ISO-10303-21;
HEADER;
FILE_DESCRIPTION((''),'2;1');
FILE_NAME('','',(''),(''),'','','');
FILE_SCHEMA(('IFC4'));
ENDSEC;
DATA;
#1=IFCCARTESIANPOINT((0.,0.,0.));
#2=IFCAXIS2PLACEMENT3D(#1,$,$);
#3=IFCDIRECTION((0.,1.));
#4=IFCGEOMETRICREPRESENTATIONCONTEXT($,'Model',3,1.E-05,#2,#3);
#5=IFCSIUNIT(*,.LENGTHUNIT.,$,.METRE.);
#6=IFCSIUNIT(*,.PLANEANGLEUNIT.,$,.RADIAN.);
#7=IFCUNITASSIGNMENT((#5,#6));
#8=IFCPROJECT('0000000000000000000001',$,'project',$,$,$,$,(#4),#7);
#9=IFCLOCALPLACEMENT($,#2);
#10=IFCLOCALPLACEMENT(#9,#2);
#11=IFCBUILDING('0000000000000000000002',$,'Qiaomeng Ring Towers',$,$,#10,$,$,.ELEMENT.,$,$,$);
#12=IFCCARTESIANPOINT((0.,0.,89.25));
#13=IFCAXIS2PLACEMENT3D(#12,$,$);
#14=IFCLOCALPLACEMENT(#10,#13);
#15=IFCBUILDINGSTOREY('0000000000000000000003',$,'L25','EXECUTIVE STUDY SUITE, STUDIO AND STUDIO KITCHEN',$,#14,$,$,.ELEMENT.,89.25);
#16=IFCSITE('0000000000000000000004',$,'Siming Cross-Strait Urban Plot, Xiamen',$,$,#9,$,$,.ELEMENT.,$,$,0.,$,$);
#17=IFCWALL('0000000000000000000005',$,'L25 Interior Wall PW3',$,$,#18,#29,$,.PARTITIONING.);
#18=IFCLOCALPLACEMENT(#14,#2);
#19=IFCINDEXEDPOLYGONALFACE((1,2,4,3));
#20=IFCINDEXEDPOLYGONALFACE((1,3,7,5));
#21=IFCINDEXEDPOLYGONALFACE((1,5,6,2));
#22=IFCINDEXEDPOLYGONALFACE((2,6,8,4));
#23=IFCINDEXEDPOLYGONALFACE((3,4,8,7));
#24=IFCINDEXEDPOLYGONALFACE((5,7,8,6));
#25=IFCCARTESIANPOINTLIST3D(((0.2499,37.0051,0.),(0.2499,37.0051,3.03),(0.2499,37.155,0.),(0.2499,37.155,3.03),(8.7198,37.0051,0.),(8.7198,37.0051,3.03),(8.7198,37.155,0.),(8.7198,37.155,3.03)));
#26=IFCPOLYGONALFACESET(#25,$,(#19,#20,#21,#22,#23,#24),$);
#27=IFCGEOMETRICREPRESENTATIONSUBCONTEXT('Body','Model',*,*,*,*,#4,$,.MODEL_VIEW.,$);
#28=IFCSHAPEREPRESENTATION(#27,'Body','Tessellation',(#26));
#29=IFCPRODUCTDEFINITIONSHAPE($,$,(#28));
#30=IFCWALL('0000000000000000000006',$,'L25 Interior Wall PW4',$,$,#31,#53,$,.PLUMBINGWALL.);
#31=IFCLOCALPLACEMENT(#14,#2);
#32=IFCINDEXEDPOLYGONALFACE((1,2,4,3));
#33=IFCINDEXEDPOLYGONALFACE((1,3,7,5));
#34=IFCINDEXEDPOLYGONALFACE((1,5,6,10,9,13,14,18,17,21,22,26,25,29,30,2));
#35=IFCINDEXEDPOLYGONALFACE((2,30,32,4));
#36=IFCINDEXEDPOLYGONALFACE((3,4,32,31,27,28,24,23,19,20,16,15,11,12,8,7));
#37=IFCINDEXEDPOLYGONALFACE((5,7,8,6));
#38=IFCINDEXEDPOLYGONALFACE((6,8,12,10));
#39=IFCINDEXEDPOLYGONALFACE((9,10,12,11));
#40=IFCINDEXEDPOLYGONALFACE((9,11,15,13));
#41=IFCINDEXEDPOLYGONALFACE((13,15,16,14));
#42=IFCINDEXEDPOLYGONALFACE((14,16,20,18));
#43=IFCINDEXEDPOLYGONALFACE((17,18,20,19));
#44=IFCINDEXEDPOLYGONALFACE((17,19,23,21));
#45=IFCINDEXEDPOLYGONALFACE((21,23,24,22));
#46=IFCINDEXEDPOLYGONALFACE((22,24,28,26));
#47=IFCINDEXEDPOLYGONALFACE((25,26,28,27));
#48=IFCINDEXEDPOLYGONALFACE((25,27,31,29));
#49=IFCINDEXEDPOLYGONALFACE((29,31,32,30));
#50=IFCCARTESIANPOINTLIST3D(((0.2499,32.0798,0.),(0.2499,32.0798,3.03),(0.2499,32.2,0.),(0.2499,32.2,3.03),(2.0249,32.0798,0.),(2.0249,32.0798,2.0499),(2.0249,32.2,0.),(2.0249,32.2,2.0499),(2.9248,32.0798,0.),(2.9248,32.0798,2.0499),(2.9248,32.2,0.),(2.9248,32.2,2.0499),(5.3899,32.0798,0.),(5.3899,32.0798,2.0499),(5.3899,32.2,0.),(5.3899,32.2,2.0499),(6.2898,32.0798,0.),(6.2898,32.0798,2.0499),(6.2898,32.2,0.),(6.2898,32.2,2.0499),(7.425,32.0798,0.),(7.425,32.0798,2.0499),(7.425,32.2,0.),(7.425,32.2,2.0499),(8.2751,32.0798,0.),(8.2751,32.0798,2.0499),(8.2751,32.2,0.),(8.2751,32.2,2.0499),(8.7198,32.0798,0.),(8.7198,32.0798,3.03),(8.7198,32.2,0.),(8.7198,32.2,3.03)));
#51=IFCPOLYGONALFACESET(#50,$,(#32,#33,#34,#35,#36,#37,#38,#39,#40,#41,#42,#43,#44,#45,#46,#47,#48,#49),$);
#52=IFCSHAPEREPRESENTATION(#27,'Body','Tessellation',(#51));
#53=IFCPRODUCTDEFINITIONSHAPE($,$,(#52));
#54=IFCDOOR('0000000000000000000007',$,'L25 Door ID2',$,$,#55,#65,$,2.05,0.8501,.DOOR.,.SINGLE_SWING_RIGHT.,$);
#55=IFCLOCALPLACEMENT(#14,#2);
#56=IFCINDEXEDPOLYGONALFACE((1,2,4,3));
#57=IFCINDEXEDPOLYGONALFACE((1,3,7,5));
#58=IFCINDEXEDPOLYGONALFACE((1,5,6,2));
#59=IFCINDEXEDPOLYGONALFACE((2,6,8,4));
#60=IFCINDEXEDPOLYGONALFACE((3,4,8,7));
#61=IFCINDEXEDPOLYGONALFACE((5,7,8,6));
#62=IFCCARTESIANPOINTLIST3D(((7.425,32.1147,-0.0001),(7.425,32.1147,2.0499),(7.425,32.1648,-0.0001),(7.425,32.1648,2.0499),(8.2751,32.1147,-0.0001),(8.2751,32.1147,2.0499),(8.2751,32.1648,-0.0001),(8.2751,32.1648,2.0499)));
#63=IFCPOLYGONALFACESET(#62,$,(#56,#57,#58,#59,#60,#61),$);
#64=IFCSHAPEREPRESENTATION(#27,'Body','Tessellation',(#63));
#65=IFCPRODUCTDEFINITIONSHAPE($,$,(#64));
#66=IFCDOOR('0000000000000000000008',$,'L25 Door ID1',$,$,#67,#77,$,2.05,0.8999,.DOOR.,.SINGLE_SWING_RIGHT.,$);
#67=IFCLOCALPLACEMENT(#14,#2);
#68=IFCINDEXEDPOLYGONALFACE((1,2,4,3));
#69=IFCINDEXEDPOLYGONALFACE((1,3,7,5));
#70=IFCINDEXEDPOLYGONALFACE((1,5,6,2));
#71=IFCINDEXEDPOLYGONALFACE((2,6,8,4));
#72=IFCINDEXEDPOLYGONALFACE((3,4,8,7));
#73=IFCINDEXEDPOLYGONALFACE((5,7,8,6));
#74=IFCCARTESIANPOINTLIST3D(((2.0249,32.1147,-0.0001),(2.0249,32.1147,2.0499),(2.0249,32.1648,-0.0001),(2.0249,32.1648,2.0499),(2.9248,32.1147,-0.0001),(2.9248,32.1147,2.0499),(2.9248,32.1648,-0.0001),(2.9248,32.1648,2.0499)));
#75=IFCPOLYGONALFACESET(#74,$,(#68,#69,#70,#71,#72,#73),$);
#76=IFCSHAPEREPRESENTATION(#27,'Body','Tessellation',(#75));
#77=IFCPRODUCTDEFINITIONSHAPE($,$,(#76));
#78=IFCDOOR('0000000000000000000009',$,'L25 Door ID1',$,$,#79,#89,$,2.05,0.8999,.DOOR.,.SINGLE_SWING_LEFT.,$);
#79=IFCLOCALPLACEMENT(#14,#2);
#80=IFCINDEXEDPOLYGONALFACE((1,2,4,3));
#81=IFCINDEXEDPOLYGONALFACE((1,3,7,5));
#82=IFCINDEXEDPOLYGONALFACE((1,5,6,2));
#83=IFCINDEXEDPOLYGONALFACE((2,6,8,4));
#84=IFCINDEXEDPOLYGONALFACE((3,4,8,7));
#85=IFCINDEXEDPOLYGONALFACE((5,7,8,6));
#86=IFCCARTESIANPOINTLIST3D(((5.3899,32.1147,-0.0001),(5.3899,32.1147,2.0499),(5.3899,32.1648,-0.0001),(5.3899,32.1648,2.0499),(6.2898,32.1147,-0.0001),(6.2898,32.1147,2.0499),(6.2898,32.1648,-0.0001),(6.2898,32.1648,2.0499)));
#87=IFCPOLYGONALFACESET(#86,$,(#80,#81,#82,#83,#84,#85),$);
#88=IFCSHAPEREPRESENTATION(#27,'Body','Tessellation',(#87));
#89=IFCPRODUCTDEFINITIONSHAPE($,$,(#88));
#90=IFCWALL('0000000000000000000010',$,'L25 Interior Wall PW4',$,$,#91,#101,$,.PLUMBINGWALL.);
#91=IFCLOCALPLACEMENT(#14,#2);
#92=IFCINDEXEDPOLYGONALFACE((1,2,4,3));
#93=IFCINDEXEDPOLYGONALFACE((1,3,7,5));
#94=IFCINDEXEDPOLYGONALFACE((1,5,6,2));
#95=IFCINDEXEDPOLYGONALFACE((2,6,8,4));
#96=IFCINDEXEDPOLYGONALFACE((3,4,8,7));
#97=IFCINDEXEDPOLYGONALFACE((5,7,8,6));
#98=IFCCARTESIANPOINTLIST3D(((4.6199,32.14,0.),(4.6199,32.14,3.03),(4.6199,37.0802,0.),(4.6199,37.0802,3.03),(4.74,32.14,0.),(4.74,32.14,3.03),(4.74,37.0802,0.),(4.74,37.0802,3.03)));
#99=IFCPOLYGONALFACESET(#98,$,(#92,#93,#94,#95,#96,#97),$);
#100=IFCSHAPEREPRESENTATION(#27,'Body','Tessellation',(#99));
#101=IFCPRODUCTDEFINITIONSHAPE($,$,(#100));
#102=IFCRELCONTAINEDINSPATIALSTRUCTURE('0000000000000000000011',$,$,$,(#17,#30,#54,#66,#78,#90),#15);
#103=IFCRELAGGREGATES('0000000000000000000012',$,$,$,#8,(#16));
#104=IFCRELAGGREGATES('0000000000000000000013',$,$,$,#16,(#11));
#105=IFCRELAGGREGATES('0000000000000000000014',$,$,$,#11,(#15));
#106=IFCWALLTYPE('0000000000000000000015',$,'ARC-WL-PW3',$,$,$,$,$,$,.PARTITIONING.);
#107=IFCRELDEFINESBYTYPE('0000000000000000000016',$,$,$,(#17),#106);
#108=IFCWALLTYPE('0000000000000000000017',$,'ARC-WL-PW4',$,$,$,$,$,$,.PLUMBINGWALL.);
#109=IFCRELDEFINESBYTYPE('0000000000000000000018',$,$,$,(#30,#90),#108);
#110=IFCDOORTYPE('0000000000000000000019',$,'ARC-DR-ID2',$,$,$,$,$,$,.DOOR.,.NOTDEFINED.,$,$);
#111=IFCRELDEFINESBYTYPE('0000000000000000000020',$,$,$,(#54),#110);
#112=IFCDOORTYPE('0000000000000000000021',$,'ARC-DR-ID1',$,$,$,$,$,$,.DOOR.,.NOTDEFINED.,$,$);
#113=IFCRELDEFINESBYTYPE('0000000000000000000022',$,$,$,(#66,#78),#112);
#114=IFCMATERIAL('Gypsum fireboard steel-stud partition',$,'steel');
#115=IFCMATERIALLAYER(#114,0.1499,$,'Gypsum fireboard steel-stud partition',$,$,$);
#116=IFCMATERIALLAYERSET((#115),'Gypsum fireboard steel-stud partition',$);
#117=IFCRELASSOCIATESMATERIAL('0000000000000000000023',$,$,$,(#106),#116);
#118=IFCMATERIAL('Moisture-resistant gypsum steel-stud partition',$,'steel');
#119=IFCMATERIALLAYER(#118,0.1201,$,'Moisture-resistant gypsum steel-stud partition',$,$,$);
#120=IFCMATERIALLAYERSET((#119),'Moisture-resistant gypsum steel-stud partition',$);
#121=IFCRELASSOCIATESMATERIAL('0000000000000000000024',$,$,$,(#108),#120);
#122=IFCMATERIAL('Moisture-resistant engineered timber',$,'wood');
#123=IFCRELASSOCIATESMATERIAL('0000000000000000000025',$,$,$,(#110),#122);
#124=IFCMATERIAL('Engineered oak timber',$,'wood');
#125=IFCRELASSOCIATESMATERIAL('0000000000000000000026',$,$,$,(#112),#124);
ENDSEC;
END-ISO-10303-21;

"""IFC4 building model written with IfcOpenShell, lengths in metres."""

from ifc_helpers import new_model, si_unit, direction, frame, frame_2d, origin, place, context, subcontext, project, spatial, rectangle, extrude, source, transform, mapped, material, layer, layer_set, type_object, element, fill, save


model = new_model("IFC4")

# Units and contexts
model_context = context("Model", 3, precision=1e-05, world=origin(), true_north=direction((0.0, 1.0)))
body_context = subcontext(model_context, "Body", "Model", "MODEL_VIEW")
ifc_project = project(units=[si_unit("LENGTHUNIT", "METRE"), si_unit("PLANEANGLEUNIT", "RADIAN")], contexts=[model_context])

# Site, building, storey
site_placement = place(None, origin())
site = spatial("IfcSite", under=ifc_project, at=site_placement, Name="Siming Cross-Strait Urban Plot, Xiamen", CompositionType="ELEMENT", RefElevation=0.0)
building_placement = place(site_placement, origin())
building = spatial("IfcBuilding", under=site, at=building_placement, Name="Qiaomeng Ring Towers", CompositionType="ELEMENT")
storey_placement = place(building_placement, frame((0.0, 0.0, 89.25)))
storey = spatial("IfcBuildingStorey", under=building, at=storey_placement, Name="L25", Description="EXECUTIVE STUDY SUITE, STUDIO AND STUDIO KITCHEN", CompositionType="ELEMENT", Elevation=89.25)

# Wall
ifc_material_1 = material(Name="Gypsum fireboard steel-stud partition", Category="steel")
ifc_layer_1 = layer(ifc_material_1, 0.1499, Name="Gypsum fireboard steel-stud partition")
ifc_layer_set_1 = layer_set([ifc_layer_1], Name="Gypsum fireboard steel-stud partition")
wall_type_1 = type_object("IfcWallType", Name="ARC-WL-PW3", PredefinedType="PARTITIONING", material=ifc_layer_set_1)
wall_1_placement = place(storey_placement, frame((0.25, 37.0801, 0.0), z_axis=(0.0, 0.0, 1.0), x_axis=(1.0, 0.0, 0.0)))
element("IfcWall", 1, at=wall_1_placement, inside=storey, type_object=wall_type_1, Name="L25 Interior Wall PW3", PredefinedType="PARTITIONING", context=body_context, shape_type="SweptSolid", body=[
    extrude(rectangle(XDim=8.47, YDim=0.1499, at=frame_2d((4.2349, 0.0))), origin(), (0.0, 0.0, 1.0), 3.03),
])

# Wall, openings, doors
ifc_material_2 = material(Name="Moisture-resistant gypsum steel-stud partition", Category="steel")
ifc_layer_2 = layer(ifc_material_2, 0.1201, Name="Moisture-resistant gypsum steel-stud partition")
ifc_layer_set_2 = layer_set([ifc_layer_2], Name="Moisture-resistant gypsum steel-stud partition")
wall_type_2 = type_object("IfcWallType", Name="ARC-WL-PW4", PredefinedType="PLUMBINGWALL", material=ifc_layer_set_2)
wall_2_placement = place(storey_placement, frame((0.25, 32.1399, 0.0), z_axis=(0.0, 0.0, 1.0), x_axis=(1.0, 0.0, 0.0)))
wall_2 = element("IfcWall", 2, at=wall_2_placement, inside=storey, type_object=wall_type_2, Name="L25 Interior Wall PW4", PredefinedType="PLUMBINGWALL", context=body_context, shape_type="SweptSolid", body=[
    extrude(rectangle(XDim=8.47, YDim=0.1201, at=frame_2d((4.2349, 0.0))), origin(), (0.0, 0.0, 1.0), 3.03),
])
opening_1_placement = place(wall_2_placement, frame((1.7749, 0.0, 0.0)))
opening_1 = element("IfcOpeningElement", 3, at=opening_1_placement, cuts=wall_2, PredefinedType="OPENING", context=body_context, shape_type="SweptSolid", body=[
    extrude(rectangle(XDim=0.8999, YDim=2.05, at=frame_2d((0.45, 1.0249))), frame((0.0, 0.0701, 0.0), z_axis=(0.0, -1.0, 0.0), x_axis=(1.0, 0.0, 0.0)), (0.0, 0.0, 1.0), 0.1401),
])
opening_2_placement = place(wall_2_placement, frame((5.1399, 0.0, 0.0)))
opening_2 = element("IfcOpeningElement", 4, at=opening_2_placement, cuts=wall_2, PredefinedType="OPENING", context=body_context, shape_type="SweptSolid", body=[
    extrude(rectangle(XDim=0.8999, YDim=2.05, at=frame_2d((0.45, 1.0249))), frame((0.0, 0.0701, 0.0), z_axis=(0.0, -1.0, 0.0), x_axis=(1.0, 0.0, 0.0)), (0.0, 0.0, 1.0), 0.1401),
])
opening_3_placement = place(wall_2_placement, frame((7.175, 0.0, 0.0)))
opening_3 = element("IfcOpeningElement", 5, at=opening_3_placement, cuts=wall_2, PredefinedType="OPENING", context=body_context, shape_type="SweptSolid", body=[
    extrude(rectangle(XDim=0.8501, YDim=2.05, at=frame_2d((0.425, 1.0249))), frame((0.0, 0.0701, 0.0), z_axis=(0.0, -1.0, 0.0), x_axis=(1.0, 0.0, 0.0)), (0.0, 0.0, 1.0), 0.1401),
])
ifc_material_3 = material(Name="Moisture-resistant engineered timber", Category="wood")
door_type_1 = type_object("IfcDoorType", Name="ARC-DR-ID2", OperationType="NOTDEFINED", PredefinedType="DOOR", material=ifc_material_3)
shared_shape_1 = source(origin(), body_context, "Body", "SweptSolid", [
    extrude(rectangle(XDim=0.8501, YDim=2.05, at=frame_2d((0.425, 1.0249))), frame((0.0, 0.0249, 0.0), z_axis=(0.0, -1.0, 0.0), x_axis=(1.0, 0.0, 0.0)), (0.0, 0.0, 1.0), 0.05),
])
door_1_placement = place(opening_3_placement, origin())
door_1 = element("IfcDoor", 6, at=door_1_placement, inside=storey, type_object=door_type_1, Name="L25 Door ID2", OperationType="SINGLE_SWING_RIGHT", OverallHeight=2.05, OverallWidth=0.8501, PredefinedType="DOOR", context=body_context, shape_type="MappedRepresentation", body=[
    mapped(shared_shape_1, transform((0.0, 0.0, 0.0), x_axis=(1.0, 0.0, 0.0), y_axis=(0.0, 1.0, 0.0), z_axis=(0.0, 0.0, 1.0), scale=1.0)),
])
fill(opening_3, door_1)
ifc_material_4 = material(Name="Engineered oak timber", Category="wood")
door_type_2 = type_object("IfcDoorType", Name="ARC-DR-ID1", OperationType="NOTDEFINED", PredefinedType="DOOR", material=ifc_material_4)
shared_shape_2 = source(origin(), body_context, "Body", "SweptSolid", [
    extrude(rectangle(XDim=0.8999, YDim=2.05, at=frame_2d((0.45, 1.0249))), frame((0.0, 0.0249, 0.0), z_axis=(0.0, -1.0, 0.0), x_axis=(1.0, 0.0, 0.0)), (0.0, 0.0, 1.0), 0.05),
])
door_2_placement = place(opening_1_placement, origin())
door_2 = element("IfcDoor", 7, at=door_2_placement, inside=storey, type_object=door_type_2, Name="L25 Door ID1", OperationType="SINGLE_SWING_RIGHT", OverallHeight=2.05, OverallWidth=0.8999, PredefinedType="DOOR", context=body_context, shape_type="MappedRepresentation", body=[
    mapped(shared_shape_2, transform((0.0, 0.0, 0.0), x_axis=(1.0, 0.0, 0.0), y_axis=(0.0, 1.0, 0.0), z_axis=(0.0, 0.0, 1.0), scale=1.0)),
])
fill(opening_1, door_2)
door_3_placement = place(opening_2_placement, origin())
door_3 = element("IfcDoor", 8, at=door_3_placement, inside=storey, type_object=door_type_2, Name="L25 Door ID1", OperationType="SINGLE_SWING_LEFT", OverallHeight=2.05, OverallWidth=0.8999, PredefinedType="DOOR", context=body_context, shape_type="MappedRepresentation", body=[
    mapped(shared_shape_2, transform((0.0, 0.0, 0.0), x_axis=(1.0, 0.0, 0.0), y_axis=(0.0, 1.0, 0.0), z_axis=(0.0, 0.0, 1.0), scale=1.0)),
])
fill(opening_2, door_3)

# Wall
wall_3_placement = place(storey_placement, frame((4.6799, 32.1399, 0.0), z_axis=(0.0, 0.0, 1.0), x_axis=(0.0, 1.0, 0.0)))
element("IfcWall", 9, at=wall_3_placement, inside=storey, type_object=wall_type_2, Name="L25 Interior Wall PW4", PredefinedType="PLUMBINGWALL", context=body_context, shape_type="SweptSolid", body=[
    extrude(rectangle(XDim=4.9402, YDim=0.1201, at=frame_2d((2.4702, 0.0))), origin(), (0.0, 0.0, 1.0), 3.03),
])

save(model, "model.ifc")
